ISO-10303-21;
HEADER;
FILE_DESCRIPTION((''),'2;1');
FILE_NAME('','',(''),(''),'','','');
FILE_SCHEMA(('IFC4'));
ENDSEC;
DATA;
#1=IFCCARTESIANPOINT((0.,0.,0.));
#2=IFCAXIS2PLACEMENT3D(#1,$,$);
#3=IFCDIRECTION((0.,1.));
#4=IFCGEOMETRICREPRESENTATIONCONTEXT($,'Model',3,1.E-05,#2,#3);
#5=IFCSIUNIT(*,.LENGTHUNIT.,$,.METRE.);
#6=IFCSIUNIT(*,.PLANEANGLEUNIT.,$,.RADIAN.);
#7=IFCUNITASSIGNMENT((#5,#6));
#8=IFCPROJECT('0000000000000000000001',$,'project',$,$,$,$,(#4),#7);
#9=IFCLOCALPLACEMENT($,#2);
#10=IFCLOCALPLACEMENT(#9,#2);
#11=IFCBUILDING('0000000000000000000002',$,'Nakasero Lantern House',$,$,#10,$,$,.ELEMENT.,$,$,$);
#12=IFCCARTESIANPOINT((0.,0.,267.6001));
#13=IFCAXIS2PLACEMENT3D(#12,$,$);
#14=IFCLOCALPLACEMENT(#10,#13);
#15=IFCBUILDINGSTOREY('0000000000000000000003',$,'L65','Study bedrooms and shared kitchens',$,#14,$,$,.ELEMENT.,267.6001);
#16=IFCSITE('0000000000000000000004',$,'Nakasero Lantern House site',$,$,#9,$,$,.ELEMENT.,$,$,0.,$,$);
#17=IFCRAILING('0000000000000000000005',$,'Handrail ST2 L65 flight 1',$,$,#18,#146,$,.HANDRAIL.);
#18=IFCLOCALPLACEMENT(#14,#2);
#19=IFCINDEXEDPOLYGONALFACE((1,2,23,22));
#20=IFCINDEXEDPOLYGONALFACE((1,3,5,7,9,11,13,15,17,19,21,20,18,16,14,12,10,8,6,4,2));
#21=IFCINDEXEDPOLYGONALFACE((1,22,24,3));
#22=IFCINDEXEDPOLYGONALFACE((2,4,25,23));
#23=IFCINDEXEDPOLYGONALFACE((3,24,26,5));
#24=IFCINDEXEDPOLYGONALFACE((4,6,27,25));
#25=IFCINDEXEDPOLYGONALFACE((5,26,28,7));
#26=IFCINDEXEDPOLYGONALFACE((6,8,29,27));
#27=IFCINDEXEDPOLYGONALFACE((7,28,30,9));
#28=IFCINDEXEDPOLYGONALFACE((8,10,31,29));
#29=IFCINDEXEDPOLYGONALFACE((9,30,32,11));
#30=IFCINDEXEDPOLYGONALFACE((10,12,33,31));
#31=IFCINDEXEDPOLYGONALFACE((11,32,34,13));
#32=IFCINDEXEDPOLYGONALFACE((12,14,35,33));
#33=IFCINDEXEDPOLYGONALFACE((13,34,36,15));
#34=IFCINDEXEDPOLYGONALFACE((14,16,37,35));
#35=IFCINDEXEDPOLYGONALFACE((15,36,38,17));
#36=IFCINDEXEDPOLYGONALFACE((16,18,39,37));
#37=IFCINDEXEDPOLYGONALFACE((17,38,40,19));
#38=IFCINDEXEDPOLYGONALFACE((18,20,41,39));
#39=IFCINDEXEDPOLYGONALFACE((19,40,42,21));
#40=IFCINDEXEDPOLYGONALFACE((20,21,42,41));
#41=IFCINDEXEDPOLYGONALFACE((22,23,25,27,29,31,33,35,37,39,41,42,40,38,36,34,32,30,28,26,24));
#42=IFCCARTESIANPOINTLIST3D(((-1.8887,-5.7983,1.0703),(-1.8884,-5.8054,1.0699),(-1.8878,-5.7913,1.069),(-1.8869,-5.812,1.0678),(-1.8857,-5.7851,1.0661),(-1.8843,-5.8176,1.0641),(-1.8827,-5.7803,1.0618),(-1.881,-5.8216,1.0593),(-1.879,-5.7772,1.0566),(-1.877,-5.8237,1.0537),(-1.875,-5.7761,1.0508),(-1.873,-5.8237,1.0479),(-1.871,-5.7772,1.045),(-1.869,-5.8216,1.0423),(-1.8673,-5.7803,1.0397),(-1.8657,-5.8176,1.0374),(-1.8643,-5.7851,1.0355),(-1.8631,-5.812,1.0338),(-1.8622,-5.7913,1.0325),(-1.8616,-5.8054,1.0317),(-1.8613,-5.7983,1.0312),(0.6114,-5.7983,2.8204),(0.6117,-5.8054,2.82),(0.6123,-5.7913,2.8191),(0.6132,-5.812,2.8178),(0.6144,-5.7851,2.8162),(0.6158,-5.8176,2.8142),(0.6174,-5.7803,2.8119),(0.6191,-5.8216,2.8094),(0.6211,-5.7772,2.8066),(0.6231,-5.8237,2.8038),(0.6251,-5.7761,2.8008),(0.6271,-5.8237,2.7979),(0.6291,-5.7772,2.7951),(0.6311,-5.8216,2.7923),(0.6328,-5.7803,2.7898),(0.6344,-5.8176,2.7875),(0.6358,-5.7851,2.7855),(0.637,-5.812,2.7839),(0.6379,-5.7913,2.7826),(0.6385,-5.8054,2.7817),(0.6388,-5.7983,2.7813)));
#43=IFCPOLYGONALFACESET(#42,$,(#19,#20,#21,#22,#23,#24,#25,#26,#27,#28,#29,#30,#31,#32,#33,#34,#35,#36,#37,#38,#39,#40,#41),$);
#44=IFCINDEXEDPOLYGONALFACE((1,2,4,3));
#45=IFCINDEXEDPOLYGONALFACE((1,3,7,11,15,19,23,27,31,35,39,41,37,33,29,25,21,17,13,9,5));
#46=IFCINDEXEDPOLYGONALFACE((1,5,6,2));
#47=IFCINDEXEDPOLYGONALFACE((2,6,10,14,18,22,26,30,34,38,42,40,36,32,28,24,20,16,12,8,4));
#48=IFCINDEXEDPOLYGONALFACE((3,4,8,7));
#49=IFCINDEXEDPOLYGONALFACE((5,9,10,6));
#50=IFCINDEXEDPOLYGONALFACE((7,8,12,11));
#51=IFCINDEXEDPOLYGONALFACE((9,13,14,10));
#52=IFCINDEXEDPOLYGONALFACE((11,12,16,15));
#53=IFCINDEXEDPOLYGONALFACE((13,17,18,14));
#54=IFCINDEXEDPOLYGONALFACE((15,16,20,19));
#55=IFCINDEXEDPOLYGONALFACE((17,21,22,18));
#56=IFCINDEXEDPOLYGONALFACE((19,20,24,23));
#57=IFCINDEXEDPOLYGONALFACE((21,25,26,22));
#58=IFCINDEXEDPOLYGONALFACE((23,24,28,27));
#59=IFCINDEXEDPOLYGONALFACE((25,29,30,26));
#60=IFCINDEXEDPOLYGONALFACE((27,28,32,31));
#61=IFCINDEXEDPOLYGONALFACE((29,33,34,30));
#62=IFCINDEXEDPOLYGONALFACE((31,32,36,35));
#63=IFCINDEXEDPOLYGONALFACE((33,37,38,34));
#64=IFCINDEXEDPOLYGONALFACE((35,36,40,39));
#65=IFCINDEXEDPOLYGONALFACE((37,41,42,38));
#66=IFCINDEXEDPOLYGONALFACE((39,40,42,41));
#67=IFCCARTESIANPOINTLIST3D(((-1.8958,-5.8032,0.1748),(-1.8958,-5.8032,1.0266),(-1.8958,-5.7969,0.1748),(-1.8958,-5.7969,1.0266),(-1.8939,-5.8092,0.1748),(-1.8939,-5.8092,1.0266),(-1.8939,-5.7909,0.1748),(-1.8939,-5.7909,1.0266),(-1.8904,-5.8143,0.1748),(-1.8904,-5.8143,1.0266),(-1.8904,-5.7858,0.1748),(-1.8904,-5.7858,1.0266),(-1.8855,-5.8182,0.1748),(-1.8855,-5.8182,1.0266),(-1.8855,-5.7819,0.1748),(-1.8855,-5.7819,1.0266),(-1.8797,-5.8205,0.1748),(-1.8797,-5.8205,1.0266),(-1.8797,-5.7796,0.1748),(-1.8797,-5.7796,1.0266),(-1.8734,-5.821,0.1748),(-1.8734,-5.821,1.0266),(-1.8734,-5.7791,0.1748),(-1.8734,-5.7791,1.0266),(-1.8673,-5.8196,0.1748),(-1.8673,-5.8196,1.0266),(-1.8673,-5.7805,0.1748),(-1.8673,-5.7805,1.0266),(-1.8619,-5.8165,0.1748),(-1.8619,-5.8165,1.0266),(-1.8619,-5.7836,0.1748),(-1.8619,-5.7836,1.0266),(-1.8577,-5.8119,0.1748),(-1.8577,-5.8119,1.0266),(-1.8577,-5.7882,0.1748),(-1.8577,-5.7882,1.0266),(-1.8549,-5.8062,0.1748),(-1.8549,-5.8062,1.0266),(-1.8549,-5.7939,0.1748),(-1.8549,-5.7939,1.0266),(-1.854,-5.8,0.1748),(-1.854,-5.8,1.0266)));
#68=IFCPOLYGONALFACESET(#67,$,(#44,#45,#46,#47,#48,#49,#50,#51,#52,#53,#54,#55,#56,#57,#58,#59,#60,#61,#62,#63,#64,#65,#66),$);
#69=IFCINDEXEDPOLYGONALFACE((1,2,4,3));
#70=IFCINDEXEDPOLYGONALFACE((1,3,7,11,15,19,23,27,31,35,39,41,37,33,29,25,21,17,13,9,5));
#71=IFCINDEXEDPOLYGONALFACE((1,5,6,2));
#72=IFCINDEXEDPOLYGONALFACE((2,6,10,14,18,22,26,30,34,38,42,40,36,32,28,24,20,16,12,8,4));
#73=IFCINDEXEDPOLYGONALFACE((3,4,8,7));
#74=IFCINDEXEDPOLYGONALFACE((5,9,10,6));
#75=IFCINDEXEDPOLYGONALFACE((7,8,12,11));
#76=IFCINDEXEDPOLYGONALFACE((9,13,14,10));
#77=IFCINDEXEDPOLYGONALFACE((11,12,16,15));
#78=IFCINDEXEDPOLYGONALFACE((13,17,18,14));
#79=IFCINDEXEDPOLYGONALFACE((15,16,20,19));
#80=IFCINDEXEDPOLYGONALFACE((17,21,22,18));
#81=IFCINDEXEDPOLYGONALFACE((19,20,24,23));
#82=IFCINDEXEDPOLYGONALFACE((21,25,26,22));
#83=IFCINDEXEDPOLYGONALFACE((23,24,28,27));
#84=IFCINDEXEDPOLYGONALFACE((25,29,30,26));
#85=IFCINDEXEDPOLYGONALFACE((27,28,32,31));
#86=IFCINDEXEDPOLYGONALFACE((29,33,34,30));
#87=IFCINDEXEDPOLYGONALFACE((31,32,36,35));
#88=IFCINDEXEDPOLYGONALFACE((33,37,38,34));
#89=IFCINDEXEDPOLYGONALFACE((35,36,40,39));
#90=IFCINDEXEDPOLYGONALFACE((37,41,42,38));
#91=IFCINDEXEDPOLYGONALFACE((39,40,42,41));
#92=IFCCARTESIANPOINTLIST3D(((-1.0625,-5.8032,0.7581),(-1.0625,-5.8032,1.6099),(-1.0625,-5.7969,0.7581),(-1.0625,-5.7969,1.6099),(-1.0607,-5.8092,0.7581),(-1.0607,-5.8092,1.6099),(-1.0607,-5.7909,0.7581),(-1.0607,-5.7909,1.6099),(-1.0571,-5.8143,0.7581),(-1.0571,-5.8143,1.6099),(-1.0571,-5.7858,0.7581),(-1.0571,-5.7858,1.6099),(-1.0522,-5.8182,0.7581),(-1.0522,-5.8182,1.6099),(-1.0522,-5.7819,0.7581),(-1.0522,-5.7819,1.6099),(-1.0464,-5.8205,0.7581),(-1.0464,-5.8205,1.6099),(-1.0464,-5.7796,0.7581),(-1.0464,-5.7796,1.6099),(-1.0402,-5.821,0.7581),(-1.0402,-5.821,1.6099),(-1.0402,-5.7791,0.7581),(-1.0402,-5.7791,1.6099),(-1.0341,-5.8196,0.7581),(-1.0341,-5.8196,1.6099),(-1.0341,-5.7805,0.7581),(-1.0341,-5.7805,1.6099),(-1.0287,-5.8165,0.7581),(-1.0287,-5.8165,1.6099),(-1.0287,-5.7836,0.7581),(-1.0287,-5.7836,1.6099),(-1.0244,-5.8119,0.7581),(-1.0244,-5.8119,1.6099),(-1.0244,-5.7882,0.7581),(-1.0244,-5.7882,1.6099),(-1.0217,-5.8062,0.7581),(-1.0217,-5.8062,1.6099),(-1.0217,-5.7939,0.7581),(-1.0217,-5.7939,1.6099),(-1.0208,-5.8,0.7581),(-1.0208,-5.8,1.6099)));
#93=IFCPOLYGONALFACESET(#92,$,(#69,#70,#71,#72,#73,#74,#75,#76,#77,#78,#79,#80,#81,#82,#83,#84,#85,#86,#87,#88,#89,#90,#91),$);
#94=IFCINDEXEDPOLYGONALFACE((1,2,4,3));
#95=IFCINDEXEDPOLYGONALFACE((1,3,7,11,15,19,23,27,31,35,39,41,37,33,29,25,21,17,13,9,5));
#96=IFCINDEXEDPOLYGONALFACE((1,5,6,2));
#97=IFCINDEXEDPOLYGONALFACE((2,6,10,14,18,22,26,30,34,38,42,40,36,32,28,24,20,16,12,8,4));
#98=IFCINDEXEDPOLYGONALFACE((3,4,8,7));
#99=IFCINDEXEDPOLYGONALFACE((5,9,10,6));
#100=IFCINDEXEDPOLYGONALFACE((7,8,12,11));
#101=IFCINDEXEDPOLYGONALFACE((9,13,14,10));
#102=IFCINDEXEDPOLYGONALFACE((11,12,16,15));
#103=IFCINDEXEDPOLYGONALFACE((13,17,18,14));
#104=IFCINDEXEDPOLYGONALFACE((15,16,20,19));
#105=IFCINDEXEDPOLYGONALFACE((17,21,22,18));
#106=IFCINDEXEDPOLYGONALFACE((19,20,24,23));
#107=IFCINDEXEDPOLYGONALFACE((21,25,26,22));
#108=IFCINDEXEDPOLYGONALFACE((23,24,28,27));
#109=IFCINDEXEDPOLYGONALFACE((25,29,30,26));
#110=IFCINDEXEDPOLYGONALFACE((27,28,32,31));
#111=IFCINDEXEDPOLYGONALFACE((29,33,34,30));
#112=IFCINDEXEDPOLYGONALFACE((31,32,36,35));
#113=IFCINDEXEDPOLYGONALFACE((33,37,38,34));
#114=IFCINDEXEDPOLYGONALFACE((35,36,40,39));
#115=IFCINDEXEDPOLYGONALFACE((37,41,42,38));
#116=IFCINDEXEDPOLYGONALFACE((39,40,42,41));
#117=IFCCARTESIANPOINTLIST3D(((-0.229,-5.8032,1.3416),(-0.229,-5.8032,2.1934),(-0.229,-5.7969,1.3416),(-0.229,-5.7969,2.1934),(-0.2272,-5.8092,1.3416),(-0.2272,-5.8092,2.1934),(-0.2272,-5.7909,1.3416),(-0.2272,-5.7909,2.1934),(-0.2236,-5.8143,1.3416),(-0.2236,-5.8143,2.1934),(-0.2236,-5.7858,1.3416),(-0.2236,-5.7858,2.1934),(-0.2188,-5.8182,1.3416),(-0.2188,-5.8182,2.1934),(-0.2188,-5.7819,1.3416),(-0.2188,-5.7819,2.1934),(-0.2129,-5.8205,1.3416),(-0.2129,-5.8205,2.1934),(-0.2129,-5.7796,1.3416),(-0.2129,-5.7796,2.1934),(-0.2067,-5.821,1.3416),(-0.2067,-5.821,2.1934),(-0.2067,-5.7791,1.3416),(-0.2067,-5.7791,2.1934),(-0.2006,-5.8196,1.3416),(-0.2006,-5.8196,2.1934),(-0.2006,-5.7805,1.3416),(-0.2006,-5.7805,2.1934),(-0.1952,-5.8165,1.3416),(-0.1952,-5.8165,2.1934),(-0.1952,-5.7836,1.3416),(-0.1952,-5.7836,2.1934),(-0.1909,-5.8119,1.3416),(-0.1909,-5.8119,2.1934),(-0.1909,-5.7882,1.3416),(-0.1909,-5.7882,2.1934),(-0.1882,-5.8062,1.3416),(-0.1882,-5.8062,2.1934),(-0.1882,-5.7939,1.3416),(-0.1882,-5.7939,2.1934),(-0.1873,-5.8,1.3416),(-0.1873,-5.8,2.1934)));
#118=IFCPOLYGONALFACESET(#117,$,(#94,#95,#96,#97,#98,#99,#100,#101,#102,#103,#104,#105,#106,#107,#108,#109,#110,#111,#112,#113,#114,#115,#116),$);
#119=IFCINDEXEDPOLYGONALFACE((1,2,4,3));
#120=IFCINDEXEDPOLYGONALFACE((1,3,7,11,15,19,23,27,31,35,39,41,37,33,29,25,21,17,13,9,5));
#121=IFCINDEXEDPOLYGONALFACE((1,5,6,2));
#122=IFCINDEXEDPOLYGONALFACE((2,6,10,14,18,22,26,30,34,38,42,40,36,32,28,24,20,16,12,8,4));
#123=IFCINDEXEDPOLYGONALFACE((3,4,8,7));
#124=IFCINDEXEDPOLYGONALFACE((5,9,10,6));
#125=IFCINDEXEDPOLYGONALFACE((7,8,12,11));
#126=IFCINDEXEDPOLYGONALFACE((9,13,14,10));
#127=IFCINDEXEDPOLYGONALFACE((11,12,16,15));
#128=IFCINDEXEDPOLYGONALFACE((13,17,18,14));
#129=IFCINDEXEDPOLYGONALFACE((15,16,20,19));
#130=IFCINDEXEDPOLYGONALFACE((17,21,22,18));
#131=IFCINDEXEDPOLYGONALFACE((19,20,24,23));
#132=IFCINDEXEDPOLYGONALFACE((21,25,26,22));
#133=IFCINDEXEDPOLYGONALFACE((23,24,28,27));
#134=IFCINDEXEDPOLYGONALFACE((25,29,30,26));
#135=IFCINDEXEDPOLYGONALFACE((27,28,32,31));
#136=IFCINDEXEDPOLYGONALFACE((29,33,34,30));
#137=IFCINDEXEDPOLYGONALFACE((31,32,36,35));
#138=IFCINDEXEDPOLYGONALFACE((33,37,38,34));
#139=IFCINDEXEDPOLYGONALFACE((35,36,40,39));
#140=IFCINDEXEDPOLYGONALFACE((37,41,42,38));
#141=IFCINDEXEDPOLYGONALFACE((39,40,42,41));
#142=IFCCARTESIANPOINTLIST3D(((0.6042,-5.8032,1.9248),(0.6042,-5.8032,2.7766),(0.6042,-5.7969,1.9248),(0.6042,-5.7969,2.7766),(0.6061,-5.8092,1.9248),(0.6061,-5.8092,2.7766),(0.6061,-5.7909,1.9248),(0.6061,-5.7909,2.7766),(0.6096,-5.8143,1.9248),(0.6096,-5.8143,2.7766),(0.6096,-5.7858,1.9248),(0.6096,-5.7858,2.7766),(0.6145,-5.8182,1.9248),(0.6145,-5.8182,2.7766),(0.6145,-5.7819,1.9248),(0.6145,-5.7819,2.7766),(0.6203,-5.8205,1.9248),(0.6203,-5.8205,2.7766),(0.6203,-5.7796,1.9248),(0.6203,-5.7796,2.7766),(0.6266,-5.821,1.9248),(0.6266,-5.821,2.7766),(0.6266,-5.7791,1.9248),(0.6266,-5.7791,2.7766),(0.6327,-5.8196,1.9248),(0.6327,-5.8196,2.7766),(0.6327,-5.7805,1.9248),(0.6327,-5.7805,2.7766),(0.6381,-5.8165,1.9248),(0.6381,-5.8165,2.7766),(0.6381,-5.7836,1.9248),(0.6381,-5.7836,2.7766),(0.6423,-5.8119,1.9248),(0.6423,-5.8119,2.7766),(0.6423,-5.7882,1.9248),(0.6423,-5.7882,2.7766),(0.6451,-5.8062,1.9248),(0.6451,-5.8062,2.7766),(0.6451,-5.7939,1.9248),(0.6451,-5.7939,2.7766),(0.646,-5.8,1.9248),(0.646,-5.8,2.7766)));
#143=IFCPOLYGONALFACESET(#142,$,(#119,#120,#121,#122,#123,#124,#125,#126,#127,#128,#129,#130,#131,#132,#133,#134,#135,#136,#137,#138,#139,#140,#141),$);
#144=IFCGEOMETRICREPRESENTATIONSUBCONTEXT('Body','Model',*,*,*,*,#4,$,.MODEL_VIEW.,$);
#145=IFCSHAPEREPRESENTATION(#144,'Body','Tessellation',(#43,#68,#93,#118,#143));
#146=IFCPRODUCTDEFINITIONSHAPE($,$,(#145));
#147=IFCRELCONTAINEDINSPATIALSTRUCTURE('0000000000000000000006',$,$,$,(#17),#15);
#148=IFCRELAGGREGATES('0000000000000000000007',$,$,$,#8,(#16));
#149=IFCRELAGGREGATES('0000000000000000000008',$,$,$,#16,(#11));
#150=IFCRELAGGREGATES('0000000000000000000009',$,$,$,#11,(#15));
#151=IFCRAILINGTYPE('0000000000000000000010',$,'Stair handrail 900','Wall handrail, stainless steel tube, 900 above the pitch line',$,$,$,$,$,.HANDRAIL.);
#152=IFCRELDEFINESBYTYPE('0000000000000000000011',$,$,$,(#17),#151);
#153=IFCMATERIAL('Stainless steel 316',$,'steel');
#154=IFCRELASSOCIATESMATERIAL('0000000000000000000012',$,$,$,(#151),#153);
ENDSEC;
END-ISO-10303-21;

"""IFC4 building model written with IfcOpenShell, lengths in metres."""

from ifc_helpers import new_model, si_unit, direction, frame, origin, origin_2d, place, context, subcontext, project, spatial, circle, extrude, material, type_object, element, save


model = new_model("IFC4")

# Units and contexts
model_context = context("Model", 3, precision=1e-05, world=origin(), true_north=direction((0.0, 1.0)))
body_context = subcontext(model_context, "Body", "Model", "MODEL_VIEW")
ifc_project = project(units=[si_unit("LENGTHUNIT", "METRE"), si_unit("PLANEANGLEUNIT", "RADIAN")], contexts=[model_context])

# Site, building, storey
site_placement = place(None, origin())
site = spatial("IfcSite", under=ifc_project, at=site_placement, Name="Nakasero Lantern House site", CompositionType="ELEMENT", RefElevation=0.0)
building_placement = place(site_placement, origin())
building = spatial("IfcBuilding", under=site, at=building_placement, Name="Nakasero Lantern House", CompositionType="ELEMENT")
storey_placement = place(building_placement, frame((0.0, 0.0, 267.6001)))
storey = spatial("IfcBuildingStorey", under=building, at=storey_placement, Name="L65", Description="Study bedrooms and shared kitchens", CompositionType="ELEMENT", Elevation=267.6001)

# Railing
ifc_material_1 = material(Name="Stainless steel 316", Category="steel")
railing_type = type_object("IfcRailingType", Name="Stair handrail 900", Description="Wall handrail, stainless steel tube, 900 above the pitch line", PredefinedType="HANDRAIL", material=ifc_material_1)
railing_placement = place(storey_placement, frame((-1.875, -5.8, 0.1748)))
element("IfcRailing", 1, at=railing_placement, inside=storey, type_object=railing_type, Name="Handrail ST2 L65 flight 1", PredefinedType="HANDRAIL", context=body_context, shape_type="SweptSolid", body=[
    extrude(circle(Radius=0.0239, at=origin_2d()), frame((0.0, 0.0, 0.876), z_axis=(0.819232, 0.0, 0.573462), x_axis=(0.0, 1.0, 0.0)), (0.0, 0.0, 1.0), 3.0518),
    extrude(circle(Radius=0.021, at=origin_2d()), origin(), (0.0, 0.0, 1.0), 0.8518),
    extrude(circle(Radius=0.021, at=origin_2d()), frame((0.8333, 0.0, 0.5833)), (0.0, 0.0, 1.0), 0.8518),
    extrude(circle(Radius=0.021, at=origin_2d()), frame((1.6667, 0.0, 1.1667)), (0.0, 0.0, 1.0), 0.8518),
    extrude(circle(Radius=0.021, at=origin_2d()), frame((2.5, 0.0, 1.75)), (0.0, 0.0, 1.0), 0.8518),
])

save(model, "model.ifc")
